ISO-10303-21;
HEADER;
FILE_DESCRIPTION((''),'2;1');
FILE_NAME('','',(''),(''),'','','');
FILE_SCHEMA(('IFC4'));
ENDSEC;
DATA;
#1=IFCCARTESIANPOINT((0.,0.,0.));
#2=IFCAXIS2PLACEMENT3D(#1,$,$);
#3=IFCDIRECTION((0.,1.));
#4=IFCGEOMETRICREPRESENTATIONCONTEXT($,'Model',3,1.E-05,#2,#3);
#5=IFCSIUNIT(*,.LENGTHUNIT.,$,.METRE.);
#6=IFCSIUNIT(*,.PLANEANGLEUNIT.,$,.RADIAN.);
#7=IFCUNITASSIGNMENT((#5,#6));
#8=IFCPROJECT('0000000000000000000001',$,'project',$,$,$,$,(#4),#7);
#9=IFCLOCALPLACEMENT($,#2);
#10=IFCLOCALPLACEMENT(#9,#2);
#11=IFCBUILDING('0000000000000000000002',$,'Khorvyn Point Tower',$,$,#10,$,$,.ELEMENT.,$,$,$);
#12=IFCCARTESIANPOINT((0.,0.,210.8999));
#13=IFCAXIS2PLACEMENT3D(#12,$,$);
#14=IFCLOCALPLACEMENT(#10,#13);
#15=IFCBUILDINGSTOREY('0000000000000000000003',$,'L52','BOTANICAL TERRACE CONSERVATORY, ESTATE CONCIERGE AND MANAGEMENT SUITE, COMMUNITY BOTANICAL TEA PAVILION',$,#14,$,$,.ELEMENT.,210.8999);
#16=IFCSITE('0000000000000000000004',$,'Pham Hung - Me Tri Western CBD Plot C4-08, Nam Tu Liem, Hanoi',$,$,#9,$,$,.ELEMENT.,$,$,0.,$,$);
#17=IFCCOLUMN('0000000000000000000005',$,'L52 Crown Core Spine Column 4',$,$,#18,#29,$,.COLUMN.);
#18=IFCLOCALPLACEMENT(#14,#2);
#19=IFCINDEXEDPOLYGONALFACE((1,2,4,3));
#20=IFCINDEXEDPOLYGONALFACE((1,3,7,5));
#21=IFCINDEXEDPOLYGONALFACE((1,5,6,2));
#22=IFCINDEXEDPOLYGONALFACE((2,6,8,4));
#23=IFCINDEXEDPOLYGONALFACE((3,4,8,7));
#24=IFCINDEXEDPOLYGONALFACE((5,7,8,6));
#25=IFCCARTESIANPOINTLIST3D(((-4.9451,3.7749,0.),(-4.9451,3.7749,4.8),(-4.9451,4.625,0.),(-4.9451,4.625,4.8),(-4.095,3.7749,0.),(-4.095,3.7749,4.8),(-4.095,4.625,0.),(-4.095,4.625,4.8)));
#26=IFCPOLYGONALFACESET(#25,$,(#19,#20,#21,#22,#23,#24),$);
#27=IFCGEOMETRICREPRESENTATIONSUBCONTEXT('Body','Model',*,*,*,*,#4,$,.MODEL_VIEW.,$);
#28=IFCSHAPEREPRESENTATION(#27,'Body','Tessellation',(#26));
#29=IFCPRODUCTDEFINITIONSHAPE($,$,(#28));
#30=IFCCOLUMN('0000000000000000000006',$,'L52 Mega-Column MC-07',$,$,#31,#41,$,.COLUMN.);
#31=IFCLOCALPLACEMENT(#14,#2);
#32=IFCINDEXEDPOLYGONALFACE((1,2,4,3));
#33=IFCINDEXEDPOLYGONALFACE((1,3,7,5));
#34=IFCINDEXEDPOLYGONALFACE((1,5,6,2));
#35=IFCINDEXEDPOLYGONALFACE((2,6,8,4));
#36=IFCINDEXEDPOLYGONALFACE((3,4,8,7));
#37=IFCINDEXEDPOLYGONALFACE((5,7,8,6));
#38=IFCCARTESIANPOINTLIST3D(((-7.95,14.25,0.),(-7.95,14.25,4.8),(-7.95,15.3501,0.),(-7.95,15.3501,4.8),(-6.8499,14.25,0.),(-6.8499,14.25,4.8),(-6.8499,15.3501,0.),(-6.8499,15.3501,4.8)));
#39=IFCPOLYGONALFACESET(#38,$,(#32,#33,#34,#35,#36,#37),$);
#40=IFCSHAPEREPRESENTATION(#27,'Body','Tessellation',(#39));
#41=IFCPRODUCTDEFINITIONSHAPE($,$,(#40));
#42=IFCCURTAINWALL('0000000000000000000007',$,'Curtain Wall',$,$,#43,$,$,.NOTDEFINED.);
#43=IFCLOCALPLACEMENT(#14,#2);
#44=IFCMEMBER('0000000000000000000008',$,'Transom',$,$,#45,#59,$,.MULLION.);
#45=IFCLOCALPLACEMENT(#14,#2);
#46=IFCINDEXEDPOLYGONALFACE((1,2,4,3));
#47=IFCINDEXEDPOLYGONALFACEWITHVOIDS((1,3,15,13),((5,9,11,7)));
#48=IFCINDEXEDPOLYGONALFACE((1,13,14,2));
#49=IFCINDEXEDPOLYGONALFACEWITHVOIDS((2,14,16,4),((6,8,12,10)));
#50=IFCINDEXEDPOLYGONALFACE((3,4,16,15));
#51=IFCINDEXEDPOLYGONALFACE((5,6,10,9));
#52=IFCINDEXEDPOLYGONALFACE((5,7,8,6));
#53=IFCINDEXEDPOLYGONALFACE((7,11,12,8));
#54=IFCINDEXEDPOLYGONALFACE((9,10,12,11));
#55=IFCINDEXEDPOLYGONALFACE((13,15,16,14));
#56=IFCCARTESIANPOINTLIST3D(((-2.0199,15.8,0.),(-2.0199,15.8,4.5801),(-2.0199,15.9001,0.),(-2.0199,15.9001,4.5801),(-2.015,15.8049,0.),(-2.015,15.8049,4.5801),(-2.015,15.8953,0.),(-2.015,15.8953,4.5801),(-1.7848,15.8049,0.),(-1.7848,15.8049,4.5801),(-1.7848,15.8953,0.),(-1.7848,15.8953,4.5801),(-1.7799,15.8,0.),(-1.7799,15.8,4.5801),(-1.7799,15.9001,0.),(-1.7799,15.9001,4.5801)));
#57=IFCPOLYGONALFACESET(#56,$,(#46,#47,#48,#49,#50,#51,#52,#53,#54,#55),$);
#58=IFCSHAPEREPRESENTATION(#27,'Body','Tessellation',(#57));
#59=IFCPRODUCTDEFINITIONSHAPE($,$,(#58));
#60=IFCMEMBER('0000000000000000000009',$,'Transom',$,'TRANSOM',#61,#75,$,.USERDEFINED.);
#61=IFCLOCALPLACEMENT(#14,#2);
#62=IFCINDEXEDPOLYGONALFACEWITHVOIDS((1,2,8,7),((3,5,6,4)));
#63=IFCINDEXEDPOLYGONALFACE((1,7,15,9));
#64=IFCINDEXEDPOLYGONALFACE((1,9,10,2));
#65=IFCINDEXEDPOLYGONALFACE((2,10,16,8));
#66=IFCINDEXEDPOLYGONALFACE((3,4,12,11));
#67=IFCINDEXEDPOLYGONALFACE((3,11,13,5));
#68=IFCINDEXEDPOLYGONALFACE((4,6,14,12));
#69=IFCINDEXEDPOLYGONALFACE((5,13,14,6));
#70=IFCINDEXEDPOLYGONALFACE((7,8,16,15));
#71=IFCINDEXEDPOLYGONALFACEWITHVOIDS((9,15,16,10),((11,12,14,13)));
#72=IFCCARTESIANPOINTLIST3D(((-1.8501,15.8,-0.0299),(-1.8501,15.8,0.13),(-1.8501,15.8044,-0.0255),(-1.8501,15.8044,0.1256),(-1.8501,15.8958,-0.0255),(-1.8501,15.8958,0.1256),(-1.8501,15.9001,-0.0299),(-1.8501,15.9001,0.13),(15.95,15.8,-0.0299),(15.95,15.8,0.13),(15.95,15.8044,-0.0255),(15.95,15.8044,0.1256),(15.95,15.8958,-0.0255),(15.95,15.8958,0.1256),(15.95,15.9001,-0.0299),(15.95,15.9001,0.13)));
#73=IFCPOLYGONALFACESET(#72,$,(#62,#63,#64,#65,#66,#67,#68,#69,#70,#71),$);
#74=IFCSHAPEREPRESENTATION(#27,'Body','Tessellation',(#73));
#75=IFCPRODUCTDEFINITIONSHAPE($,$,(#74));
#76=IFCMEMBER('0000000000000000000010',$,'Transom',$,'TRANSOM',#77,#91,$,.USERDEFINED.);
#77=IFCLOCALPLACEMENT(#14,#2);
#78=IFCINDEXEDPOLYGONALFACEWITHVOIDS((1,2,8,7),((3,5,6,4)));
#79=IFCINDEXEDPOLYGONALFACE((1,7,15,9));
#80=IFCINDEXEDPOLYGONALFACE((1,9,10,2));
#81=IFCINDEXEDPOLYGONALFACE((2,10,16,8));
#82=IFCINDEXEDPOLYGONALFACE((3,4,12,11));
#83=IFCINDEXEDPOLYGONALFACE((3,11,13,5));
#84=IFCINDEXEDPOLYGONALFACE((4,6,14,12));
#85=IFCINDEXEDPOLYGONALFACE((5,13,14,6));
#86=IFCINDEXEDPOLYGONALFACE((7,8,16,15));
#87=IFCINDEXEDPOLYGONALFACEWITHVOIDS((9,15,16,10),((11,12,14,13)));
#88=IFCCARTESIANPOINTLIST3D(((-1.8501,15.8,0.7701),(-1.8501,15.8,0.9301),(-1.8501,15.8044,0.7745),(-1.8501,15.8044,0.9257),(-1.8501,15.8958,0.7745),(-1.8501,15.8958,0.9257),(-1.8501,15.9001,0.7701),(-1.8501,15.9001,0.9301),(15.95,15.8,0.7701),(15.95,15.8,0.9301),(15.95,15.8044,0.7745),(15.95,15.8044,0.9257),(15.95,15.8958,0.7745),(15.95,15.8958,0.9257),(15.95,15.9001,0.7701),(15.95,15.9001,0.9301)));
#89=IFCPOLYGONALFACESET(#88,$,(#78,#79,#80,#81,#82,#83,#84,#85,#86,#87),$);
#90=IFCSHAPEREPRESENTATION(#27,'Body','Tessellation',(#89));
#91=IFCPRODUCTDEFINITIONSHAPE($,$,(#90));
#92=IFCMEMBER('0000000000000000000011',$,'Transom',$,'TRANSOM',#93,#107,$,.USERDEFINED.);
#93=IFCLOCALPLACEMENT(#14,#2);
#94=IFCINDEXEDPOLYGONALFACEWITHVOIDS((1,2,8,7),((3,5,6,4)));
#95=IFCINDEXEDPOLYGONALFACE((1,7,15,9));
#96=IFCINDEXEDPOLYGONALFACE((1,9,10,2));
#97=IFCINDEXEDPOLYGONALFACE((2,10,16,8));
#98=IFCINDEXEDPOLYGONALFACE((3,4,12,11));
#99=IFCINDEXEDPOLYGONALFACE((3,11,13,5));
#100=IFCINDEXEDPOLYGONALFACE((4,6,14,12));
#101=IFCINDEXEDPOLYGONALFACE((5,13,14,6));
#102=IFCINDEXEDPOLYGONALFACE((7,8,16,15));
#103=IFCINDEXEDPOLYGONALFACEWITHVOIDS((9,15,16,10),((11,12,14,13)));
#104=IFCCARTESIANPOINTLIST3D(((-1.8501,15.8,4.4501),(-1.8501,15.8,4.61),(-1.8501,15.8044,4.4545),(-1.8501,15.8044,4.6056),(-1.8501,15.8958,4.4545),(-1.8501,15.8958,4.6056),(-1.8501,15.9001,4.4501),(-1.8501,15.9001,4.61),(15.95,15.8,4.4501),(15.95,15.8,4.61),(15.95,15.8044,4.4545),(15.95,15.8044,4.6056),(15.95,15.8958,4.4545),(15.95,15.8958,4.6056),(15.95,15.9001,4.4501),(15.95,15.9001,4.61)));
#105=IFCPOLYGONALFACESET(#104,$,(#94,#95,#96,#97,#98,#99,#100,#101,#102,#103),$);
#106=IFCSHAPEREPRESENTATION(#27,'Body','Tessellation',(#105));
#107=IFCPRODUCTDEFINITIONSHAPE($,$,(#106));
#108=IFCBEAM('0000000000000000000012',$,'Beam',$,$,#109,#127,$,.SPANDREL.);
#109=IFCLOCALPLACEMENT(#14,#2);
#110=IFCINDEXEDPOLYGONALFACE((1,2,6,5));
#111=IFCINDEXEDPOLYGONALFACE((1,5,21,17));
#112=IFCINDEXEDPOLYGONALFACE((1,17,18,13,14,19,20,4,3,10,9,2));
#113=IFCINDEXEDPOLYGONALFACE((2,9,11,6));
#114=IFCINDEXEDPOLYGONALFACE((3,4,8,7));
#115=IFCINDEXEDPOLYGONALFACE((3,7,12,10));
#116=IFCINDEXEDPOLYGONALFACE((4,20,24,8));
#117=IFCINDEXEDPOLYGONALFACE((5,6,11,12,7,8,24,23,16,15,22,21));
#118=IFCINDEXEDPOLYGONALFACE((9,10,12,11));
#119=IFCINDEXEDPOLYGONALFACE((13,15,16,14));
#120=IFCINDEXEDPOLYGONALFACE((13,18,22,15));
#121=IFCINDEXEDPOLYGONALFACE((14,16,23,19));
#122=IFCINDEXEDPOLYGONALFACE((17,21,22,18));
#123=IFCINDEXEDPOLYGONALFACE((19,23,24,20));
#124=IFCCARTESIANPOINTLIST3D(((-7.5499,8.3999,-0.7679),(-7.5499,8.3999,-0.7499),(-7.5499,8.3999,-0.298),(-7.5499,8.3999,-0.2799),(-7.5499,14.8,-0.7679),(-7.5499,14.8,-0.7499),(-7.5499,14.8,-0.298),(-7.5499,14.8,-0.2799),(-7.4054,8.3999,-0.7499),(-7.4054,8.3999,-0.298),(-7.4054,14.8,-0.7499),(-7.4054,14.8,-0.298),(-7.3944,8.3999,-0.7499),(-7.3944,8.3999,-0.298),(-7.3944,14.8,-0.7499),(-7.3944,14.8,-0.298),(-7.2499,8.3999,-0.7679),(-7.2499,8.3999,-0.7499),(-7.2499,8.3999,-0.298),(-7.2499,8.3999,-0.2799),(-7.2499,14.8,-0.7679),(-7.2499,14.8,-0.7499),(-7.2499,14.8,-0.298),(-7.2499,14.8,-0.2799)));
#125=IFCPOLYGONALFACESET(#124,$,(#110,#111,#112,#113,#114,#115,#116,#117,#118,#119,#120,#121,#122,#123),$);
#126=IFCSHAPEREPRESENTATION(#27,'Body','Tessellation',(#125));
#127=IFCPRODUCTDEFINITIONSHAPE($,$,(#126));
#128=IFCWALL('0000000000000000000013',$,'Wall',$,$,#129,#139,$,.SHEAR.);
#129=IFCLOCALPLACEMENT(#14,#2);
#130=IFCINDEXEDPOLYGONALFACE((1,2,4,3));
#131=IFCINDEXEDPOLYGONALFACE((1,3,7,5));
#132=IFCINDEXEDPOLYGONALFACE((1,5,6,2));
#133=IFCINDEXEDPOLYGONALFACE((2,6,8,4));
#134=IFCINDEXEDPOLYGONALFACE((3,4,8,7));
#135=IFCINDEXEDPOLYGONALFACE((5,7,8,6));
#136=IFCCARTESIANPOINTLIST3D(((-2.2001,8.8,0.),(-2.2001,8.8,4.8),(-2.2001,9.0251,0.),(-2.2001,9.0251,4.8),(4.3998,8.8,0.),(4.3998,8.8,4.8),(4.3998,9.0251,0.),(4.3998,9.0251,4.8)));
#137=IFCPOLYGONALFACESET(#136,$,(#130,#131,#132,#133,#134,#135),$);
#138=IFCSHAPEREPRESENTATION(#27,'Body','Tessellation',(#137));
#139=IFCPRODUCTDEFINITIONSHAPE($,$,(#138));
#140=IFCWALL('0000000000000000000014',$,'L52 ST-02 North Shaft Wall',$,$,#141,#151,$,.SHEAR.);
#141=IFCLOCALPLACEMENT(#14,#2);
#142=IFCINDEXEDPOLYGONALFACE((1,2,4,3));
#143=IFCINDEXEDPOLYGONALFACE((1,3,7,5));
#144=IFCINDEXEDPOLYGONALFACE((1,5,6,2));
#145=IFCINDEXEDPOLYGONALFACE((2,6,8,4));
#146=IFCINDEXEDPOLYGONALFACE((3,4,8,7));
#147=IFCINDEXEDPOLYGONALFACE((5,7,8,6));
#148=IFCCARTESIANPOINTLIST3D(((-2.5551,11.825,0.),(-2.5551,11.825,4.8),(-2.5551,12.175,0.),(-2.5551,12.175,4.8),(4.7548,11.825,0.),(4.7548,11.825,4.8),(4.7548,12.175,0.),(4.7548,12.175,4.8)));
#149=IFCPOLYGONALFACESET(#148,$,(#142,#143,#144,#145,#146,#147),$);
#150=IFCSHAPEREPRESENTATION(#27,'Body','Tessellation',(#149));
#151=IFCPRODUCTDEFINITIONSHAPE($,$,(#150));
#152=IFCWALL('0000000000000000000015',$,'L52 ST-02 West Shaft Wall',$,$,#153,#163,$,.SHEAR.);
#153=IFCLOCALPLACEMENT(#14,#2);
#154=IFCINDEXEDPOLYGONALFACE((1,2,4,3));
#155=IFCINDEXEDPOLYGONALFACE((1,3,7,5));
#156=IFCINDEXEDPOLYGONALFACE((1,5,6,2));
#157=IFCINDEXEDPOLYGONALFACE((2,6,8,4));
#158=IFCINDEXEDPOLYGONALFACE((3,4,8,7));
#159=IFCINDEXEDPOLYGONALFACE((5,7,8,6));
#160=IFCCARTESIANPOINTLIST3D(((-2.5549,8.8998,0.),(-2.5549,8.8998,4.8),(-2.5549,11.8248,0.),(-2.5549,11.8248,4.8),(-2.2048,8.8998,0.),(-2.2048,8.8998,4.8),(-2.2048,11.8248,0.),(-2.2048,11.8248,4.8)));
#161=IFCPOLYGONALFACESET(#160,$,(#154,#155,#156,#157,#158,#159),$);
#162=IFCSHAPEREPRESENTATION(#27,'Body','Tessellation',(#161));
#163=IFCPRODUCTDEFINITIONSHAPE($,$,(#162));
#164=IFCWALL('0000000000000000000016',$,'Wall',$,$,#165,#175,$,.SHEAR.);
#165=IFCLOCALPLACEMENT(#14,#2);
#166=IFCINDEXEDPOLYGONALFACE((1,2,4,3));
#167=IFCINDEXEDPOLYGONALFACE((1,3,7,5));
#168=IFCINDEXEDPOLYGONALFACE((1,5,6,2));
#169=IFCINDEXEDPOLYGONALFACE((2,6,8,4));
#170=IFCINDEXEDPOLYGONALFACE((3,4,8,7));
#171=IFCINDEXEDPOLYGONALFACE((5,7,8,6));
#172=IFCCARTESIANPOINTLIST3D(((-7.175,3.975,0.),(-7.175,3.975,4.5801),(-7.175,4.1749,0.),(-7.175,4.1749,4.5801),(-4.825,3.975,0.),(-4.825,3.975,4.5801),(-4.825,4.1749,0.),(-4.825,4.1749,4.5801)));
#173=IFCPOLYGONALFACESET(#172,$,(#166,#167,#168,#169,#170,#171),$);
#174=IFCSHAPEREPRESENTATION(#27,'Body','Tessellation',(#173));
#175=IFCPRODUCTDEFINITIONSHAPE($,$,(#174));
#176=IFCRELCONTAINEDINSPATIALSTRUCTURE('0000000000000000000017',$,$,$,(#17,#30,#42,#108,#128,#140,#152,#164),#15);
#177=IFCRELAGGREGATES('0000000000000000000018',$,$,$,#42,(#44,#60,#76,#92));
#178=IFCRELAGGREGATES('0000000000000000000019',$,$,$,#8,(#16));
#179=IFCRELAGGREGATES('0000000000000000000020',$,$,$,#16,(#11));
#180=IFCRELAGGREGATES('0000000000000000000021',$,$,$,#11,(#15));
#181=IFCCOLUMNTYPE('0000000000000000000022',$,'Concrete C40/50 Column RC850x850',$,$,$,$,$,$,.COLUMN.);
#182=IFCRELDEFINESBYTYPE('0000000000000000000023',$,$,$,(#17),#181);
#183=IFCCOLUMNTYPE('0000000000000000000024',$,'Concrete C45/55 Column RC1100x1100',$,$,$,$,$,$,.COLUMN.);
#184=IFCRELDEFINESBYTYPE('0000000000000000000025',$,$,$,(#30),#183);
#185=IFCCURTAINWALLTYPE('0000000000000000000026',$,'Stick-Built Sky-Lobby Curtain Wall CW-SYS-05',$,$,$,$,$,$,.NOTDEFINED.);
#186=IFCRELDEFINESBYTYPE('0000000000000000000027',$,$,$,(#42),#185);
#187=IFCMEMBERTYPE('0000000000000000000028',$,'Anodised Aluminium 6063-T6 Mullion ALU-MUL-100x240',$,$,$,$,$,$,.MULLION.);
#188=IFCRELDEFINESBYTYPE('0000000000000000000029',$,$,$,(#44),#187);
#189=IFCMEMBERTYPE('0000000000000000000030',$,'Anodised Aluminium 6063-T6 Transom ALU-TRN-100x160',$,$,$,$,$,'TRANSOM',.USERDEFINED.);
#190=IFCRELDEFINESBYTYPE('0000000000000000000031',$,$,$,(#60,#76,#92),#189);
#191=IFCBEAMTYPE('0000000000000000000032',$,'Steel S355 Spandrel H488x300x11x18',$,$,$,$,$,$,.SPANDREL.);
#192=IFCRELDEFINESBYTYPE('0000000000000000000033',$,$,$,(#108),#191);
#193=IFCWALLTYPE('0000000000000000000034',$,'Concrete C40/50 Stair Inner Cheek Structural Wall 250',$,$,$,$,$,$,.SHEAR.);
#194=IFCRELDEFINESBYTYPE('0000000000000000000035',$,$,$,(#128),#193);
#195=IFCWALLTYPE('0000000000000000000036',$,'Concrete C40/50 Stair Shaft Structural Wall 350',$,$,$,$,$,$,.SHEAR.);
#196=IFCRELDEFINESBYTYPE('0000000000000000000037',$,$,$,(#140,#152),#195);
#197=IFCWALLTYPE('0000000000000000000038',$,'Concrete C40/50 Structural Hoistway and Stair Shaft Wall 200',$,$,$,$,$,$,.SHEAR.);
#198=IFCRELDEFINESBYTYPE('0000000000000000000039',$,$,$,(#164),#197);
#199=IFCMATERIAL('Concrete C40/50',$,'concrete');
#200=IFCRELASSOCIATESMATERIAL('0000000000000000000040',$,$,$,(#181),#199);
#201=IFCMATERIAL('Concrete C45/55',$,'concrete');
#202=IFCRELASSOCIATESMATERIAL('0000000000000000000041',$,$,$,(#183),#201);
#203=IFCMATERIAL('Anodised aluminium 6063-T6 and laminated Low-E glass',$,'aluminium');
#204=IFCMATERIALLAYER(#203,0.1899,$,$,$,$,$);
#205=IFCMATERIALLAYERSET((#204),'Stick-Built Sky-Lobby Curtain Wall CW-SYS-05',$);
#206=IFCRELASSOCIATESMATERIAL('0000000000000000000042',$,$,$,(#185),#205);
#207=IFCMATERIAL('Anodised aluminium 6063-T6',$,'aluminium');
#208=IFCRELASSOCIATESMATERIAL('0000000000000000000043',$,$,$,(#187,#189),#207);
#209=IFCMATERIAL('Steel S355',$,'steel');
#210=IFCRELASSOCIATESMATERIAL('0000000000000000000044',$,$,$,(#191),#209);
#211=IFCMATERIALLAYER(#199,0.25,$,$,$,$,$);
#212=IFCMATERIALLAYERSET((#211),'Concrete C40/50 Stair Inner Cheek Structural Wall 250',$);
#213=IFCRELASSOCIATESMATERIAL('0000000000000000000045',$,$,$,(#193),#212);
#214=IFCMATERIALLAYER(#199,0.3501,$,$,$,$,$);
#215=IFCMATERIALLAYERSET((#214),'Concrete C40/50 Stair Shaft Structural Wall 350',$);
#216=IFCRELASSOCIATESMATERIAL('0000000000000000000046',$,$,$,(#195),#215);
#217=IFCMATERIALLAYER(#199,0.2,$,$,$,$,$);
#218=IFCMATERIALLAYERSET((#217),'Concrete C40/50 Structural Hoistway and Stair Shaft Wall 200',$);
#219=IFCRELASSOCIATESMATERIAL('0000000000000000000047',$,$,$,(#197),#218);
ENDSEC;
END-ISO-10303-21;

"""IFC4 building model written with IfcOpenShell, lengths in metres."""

from ifc_helpers import new_model, si_unit, direction, frame, frame_2d, origin, origin_2d, place, context, subcontext, project, spatial, rectangle, hollow_rectangle, i_section, extrude, material, layer, layer_set, material_profile, profile_set, type_object, element, aggregate, save


model = new_model("IFC4")

# Units and contexts
model_context = context("Model", 3, precision=1e-05, world=origin(), true_north=direction((0.0, 1.0)))
body_context = subcontext(model_context, "Body", "Model", "MODEL_VIEW")
ifc_project = project(units=[si_unit("LENGTHUNIT", "METRE"), si_unit("PLANEANGLEUNIT", "RADIAN")], contexts=[model_context])

# Site, building, storey
site_placement = place(None, origin())
site = spatial("IfcSite", under=ifc_project, at=site_placement, Name="Pham Hung - Me Tri Western CBD Plot C4-08, Nam Tu Liem, Hanoi", CompositionType="ELEMENT", RefElevation=0.0)
building_placement = place(site_placement, origin())
building = spatial("IfcBuilding", under=site, at=building_placement, Name="Khorvyn Point Tower", CompositionType="ELEMENT")
storey_placement = place(building_placement, frame((0.0, 0.0, 210.8999)))
storey = spatial("IfcBuildingStorey", under=building, at=storey_placement, Name="L52", Description="BOTANICAL TERRACE CONSERVATORY, ESTATE CONCIERGE AND MANAGEMENT SUITE, COMMUNITY BOTANICAL TEA PAVILION", CompositionType="ELEMENT", Elevation=210.8999)

# Columns
ifc_material_1 = material(Name="Concrete C40/50", Category="concrete")
ifc_material_profile_1 = material_profile(ifc_material_1, rectangle(XDim=0.8501, YDim=0.8501, at=origin_2d()))
ifc_profile_set_1 = profile_set([ifc_material_profile_1], Name="Concrete C40/50 RC850x850")
column_type_1 = type_object("IfcColumnType", Name="Concrete C40/50 Column RC850x850", PredefinedType="COLUMN", material=ifc_profile_set_1)
column_1_placement = place(storey_placement, frame((-4.52, 4.2, 0.0), z_axis=(0.0, 0.0, 1.0), x_axis=(1.0, 0.0, 0.0)))
element("IfcColumn", 1, at=column_1_placement, inside=storey, type_object=column_type_1, Name="L52 Crown Core Spine Column 4", PredefinedType="COLUMN", context=body_context, shape_type="SweptSolid", body=[
    extrude(rectangle(XDim=0.8501, YDim=0.8501, at=origin_2d()), origin(), (0.0, 0.0, 1.0), 4.8),
])
ifc_material_2 = material(Name="Concrete C45/55", Category="concrete")
ifc_material_profile_2 = material_profile(ifc_material_2, rectangle(XDim=1.1001, YDim=1.1001, at=origin_2d()))
ifc_profile_set_2 = profile_set([ifc_material_profile_2], Name="Concrete C45/55 RC1100x1100")
column_type_2 = type_object("IfcColumnType", Name="Concrete C45/55 Column RC1100x1100", PredefinedType="COLUMN", material=ifc_profile_set_2)
column_2_placement = place(storey_placement, frame((-7.3999, 14.8, 0.0), z_axis=(0.0, 0.0, 1.0), x_axis=(1.0, 0.0, 0.0)))
element("IfcColumn", 2, at=column_2_placement, inside=storey, type_object=column_type_2, Name="L52 Mega-Column MC-07", PredefinedType="COLUMN", context=body_context, shape_type="SweptSolid", body=[
    extrude(rectangle(XDim=1.1001, YDim=1.1001, at=origin_2d()), origin(), (0.0, 0.0, 1.0), 4.8),
])

# Curtain wall, members
ifc_material_3 = material(Name="Anodised aluminium 6063-T6 and laminated Low-E glass", Category="aluminium")
ifc_layer_1 = layer(ifc_material_3, 0.1899)
ifc_layer_set_1 = layer_set([ifc_layer_1], Name="Stick-Built Sky-Lobby Curtain Wall CW-SYS-05")
curtain_wall_type = type_object("IfcCurtainWallType", Name="Stick-Built Sky-Lobby Curtain Wall CW-SYS-05", PredefinedType="NOTDEFINED", material=ifc_layer_set_1)
curtain_wall_placement = place(storey_placement, origin())
curtain_wall = element("IfcCurtainWall", 3, at=curtain_wall_placement, inside=storey, type_object=curtain_wall_type, Name="Curtain Wall", PredefinedType="NOTDEFINED")
ifc_material_4 = material(Name="Anodised aluminium 6063-T6", Category="aluminium")
ifc_material_profile_3 = material_profile(ifc_material_4, hollow_rectangle(XDim=0.1001, YDim=0.24, WallThickness=0.0049, at=origin_2d()))
ifc_profile_set_3 = profile_set([ifc_material_profile_3], Name="Anodised aluminium 6063-T6 ALU-MUL-100x240")
member_type_1 = type_object("IfcMemberType", Name="Anodised Aluminium 6063-T6 Mullion ALU-MUL-100x240", PredefinedType="MULLION", material=ifc_profile_set_3)
member_1_placement = place(storey_placement, frame((-1.8999, 15.8501, 0.0), z_axis=(0.0, 0.0, 1.0), x_axis=(0.0, 1.0, 0.0)))
member_1 = element("IfcMember", 4, at=member_1_placement, type_object=member_type_1, Name="Transom", PredefinedType="MULLION", context=body_context, shape_type="SweptSolid", body=[
    extrude(hollow_rectangle(XDim=0.1001, YDim=0.24, WallThickness=0.0049, at=origin_2d()), origin(), (0.0, 0.0, 1.0), 4.5801),
])
ifc_material_profile_4 = material_profile(ifc_material_4, hollow_rectangle(XDim=0.1001, YDim=0.1599, WallThickness=0.0044, at=origin_2d()))
ifc_profile_set_4 = profile_set([ifc_material_profile_4], Name="Anodised aluminium 6063-T6 ALU-TRN-100x160")
member_type_2 = type_object("IfcMemberType", Name="Anodised Aluminium 6063-T6 Transom ALU-TRN-100x160", ElementType="TRANSOM", PredefinedType="USERDEFINED", material=ifc_profile_set_4)
member_2_placement = place(storey_placement, frame((-1.8501, 15.8501, 0.05), z_axis=(1.0, 0.0, 0.0), x_axis=(0.0, 1.0, 0.0)))
member_2 = element("IfcMember", 5, at=member_2_placement, type_object=member_type_2, Name="Transom", ObjectType="TRANSOM", PredefinedType="USERDEFINED", context=body_context, shape_type="SweptSolid", body=[
    extrude(hollow_rectangle(XDim=0.1001, YDim=0.1599, WallThickness=0.0044, at=origin_2d()), origin(), (0.0, 0.0, 1.0), 17.8),
])
member_3_placement = place(storey_placement, frame((-1.8501, 15.8501, 0.8501), z_axis=(1.0, 0.0, 0.0), x_axis=(0.0, 1.0, 0.0)))
member_3 = element("IfcMember", 6, at=member_3_placement, type_object=member_type_2, Name="Transom", ObjectType="TRANSOM", PredefinedType="USERDEFINED", context=body_context, shape_type="SweptSolid", body=[
    extrude(hollow_rectangle(XDim=0.1001, YDim=0.1599, WallThickness=0.0044, at=origin_2d()), origin(), (0.0, 0.0, 1.0), 17.8),
])
member_4_placement = place(storey_placement, frame((-1.8501, 15.8501, 4.53), z_axis=(1.0, 0.0, 0.0), x_axis=(0.0, 1.0, 0.0)))
member_4 = element("IfcMember", 7, at=member_4_placement, type_object=member_type_2, Name="Transom", ObjectType="TRANSOM", PredefinedType="USERDEFINED", context=body_context, shape_type="SweptSolid", body=[
    extrude(hollow_rectangle(XDim=0.1001, YDim=0.1599, WallThickness=0.0044, at=origin_2d()), origin(), (0.0, 0.0, 1.0), 17.8),
])
aggregate(curtain_wall, [member_1, member_2, member_3, member_4])

# Beam
ifc_material_5 = material(Name="Steel S355", Category="steel")
ifc_material_profile_5 = material_profile(ifc_material_5, i_section(OverallWidth=0.3, OverallDepth=0.488, WebThickness=0.011, FlangeThickness=0.0181, at=origin_2d()))
ifc_profile_set_5 = profile_set([ifc_material_profile_5], Name="Steel S355 H488x300x11x18")
beam_type = type_object("IfcBeamType", Name="Steel S355 Spandrel H488x300x11x18", PredefinedType="SPANDREL", material=ifc_profile_set_5)
beam_placement = place(storey_placement, frame((-7.3999, 8.3999, -0.5239), z_axis=(0.0, 1.0, 0.0), x_axis=(-1.0, 0.0, 0.0)))
element("IfcBeam", 8, at=beam_placement, inside=storey, type_object=beam_type, Name="Beam", PredefinedType="SPANDREL", context=body_context, shape_type="SweptSolid", body=[
    extrude(i_section(OverallWidth=0.3, OverallDepth=0.488, WebThickness=0.011, FlangeThickness=0.0181, at=origin_2d()), origin(), (0.0, 0.0, 1.0), 6.4001),
])

# Walls
ifc_layer_2 = layer(ifc_material_1, 0.25)
ifc_layer_set_2 = layer_set([ifc_layer_2], Name="Concrete C40/50 Stair Inner Cheek Structural Wall 250")
wall_type_1 = type_object("IfcWallType", Name="Concrete C40/50 Stair Inner Cheek Structural Wall 250", PredefinedType="SHEAR", material=ifc_layer_set_2)
wall_1_placement = place(storey_placement, frame((-2.2, 8.9126, 0.0), z_axis=(0.0, 0.0, 1.0), x_axis=(1.0, 0.0, 0.0)))
element("IfcWall", 9, at=wall_1_placement, inside=storey, type_object=wall_type_1, Name="Wall", PredefinedType="SHEAR", context=body_context, shape_type="SweptSolid", body=[
    extrude(rectangle(XDim=6.5999, YDim=0.2251, at=frame_2d((3.2998, 0.0))), origin(), (0.0, 0.0, 1.0), 4.8),
])
ifc_layer_3 = layer(ifc_material_1, 0.3501)
ifc_layer_set_3 = layer_set([ifc_layer_3], Name="Concrete C40/50 Stair Shaft Structural Wall 350")
wall_type_2 = type_object("IfcWallType", Name="Concrete C40/50 Stair Shaft Structural Wall 350", PredefinedType="SHEAR", material=ifc_layer_set_3)
wall_2_placement = place(storey_placement, frame((-2.5549, 12.0, 0.0), z_axis=(0.0, 0.0, 1.0), x_axis=(1.0, 0.0, 0.0)))
element("IfcWall", 10, at=wall_2_placement, inside=storey, type_object=wall_type_2, Name="L52 ST-02 North Shaft Wall", PredefinedType="SHEAR", context=body_context, shape_type="SweptSolid", body=[
    extrude(rectangle(XDim=7.3098, YDim=0.3501, at=frame_2d((3.6548, 0.0))), origin(), (0.0, 0.0, 1.0), 4.8),
])
wall_3_placement = place(storey_placement, frame((-2.3799, 8.8999, 0.0), z_axis=(0.0, 0.0, 1.0), x_axis=(0.0, 1.0, 0.0)))
element("IfcWall", 11, at=wall_3_placement, inside=storey, type_object=wall_type_2, Name="L52 ST-02 West Shaft Wall", PredefinedType="SHEAR", context=body_context, shape_type="SweptSolid", body=[
    extrude(rectangle(XDim=2.925, YDim=0.3501, at=frame_2d((1.4624, 0.0))), origin(), (0.0, 0.0, 1.0), 4.8),
])
ifc_layer_4 = layer(ifc_material_1, 0.2)
ifc_layer_set_4 = layer_set([ifc_layer_4], Name="Concrete C40/50 Structural Hoistway and Stair Shaft Wall 200")
wall_type_3 = type_object("IfcWallType", Name="Concrete C40/50 Structural Hoistway and Stair Shaft Wall 200", PredefinedType="SHEAR", material=ifc_layer_set_4)
wall_4_placement = place(storey_placement, frame((-7.175, 4.075, 0.0), z_axis=(0.0, 0.0, 1.0), x_axis=(1.0, 0.0, 0.0)))
element("IfcWall", 12, at=wall_4_placement, inside=storey, type_object=wall_type_3, Name="Wall", PredefinedType="SHEAR", context=body_context, shape_type="SweptSolid", body=[
    extrude(rectangle(XDim=2.3501, YDim=0.2, at=frame_2d((1.175, 0.0))), origin(), (0.0, 0.0, 1.0), 4.5801),
])

save(model, "model.ifc")
